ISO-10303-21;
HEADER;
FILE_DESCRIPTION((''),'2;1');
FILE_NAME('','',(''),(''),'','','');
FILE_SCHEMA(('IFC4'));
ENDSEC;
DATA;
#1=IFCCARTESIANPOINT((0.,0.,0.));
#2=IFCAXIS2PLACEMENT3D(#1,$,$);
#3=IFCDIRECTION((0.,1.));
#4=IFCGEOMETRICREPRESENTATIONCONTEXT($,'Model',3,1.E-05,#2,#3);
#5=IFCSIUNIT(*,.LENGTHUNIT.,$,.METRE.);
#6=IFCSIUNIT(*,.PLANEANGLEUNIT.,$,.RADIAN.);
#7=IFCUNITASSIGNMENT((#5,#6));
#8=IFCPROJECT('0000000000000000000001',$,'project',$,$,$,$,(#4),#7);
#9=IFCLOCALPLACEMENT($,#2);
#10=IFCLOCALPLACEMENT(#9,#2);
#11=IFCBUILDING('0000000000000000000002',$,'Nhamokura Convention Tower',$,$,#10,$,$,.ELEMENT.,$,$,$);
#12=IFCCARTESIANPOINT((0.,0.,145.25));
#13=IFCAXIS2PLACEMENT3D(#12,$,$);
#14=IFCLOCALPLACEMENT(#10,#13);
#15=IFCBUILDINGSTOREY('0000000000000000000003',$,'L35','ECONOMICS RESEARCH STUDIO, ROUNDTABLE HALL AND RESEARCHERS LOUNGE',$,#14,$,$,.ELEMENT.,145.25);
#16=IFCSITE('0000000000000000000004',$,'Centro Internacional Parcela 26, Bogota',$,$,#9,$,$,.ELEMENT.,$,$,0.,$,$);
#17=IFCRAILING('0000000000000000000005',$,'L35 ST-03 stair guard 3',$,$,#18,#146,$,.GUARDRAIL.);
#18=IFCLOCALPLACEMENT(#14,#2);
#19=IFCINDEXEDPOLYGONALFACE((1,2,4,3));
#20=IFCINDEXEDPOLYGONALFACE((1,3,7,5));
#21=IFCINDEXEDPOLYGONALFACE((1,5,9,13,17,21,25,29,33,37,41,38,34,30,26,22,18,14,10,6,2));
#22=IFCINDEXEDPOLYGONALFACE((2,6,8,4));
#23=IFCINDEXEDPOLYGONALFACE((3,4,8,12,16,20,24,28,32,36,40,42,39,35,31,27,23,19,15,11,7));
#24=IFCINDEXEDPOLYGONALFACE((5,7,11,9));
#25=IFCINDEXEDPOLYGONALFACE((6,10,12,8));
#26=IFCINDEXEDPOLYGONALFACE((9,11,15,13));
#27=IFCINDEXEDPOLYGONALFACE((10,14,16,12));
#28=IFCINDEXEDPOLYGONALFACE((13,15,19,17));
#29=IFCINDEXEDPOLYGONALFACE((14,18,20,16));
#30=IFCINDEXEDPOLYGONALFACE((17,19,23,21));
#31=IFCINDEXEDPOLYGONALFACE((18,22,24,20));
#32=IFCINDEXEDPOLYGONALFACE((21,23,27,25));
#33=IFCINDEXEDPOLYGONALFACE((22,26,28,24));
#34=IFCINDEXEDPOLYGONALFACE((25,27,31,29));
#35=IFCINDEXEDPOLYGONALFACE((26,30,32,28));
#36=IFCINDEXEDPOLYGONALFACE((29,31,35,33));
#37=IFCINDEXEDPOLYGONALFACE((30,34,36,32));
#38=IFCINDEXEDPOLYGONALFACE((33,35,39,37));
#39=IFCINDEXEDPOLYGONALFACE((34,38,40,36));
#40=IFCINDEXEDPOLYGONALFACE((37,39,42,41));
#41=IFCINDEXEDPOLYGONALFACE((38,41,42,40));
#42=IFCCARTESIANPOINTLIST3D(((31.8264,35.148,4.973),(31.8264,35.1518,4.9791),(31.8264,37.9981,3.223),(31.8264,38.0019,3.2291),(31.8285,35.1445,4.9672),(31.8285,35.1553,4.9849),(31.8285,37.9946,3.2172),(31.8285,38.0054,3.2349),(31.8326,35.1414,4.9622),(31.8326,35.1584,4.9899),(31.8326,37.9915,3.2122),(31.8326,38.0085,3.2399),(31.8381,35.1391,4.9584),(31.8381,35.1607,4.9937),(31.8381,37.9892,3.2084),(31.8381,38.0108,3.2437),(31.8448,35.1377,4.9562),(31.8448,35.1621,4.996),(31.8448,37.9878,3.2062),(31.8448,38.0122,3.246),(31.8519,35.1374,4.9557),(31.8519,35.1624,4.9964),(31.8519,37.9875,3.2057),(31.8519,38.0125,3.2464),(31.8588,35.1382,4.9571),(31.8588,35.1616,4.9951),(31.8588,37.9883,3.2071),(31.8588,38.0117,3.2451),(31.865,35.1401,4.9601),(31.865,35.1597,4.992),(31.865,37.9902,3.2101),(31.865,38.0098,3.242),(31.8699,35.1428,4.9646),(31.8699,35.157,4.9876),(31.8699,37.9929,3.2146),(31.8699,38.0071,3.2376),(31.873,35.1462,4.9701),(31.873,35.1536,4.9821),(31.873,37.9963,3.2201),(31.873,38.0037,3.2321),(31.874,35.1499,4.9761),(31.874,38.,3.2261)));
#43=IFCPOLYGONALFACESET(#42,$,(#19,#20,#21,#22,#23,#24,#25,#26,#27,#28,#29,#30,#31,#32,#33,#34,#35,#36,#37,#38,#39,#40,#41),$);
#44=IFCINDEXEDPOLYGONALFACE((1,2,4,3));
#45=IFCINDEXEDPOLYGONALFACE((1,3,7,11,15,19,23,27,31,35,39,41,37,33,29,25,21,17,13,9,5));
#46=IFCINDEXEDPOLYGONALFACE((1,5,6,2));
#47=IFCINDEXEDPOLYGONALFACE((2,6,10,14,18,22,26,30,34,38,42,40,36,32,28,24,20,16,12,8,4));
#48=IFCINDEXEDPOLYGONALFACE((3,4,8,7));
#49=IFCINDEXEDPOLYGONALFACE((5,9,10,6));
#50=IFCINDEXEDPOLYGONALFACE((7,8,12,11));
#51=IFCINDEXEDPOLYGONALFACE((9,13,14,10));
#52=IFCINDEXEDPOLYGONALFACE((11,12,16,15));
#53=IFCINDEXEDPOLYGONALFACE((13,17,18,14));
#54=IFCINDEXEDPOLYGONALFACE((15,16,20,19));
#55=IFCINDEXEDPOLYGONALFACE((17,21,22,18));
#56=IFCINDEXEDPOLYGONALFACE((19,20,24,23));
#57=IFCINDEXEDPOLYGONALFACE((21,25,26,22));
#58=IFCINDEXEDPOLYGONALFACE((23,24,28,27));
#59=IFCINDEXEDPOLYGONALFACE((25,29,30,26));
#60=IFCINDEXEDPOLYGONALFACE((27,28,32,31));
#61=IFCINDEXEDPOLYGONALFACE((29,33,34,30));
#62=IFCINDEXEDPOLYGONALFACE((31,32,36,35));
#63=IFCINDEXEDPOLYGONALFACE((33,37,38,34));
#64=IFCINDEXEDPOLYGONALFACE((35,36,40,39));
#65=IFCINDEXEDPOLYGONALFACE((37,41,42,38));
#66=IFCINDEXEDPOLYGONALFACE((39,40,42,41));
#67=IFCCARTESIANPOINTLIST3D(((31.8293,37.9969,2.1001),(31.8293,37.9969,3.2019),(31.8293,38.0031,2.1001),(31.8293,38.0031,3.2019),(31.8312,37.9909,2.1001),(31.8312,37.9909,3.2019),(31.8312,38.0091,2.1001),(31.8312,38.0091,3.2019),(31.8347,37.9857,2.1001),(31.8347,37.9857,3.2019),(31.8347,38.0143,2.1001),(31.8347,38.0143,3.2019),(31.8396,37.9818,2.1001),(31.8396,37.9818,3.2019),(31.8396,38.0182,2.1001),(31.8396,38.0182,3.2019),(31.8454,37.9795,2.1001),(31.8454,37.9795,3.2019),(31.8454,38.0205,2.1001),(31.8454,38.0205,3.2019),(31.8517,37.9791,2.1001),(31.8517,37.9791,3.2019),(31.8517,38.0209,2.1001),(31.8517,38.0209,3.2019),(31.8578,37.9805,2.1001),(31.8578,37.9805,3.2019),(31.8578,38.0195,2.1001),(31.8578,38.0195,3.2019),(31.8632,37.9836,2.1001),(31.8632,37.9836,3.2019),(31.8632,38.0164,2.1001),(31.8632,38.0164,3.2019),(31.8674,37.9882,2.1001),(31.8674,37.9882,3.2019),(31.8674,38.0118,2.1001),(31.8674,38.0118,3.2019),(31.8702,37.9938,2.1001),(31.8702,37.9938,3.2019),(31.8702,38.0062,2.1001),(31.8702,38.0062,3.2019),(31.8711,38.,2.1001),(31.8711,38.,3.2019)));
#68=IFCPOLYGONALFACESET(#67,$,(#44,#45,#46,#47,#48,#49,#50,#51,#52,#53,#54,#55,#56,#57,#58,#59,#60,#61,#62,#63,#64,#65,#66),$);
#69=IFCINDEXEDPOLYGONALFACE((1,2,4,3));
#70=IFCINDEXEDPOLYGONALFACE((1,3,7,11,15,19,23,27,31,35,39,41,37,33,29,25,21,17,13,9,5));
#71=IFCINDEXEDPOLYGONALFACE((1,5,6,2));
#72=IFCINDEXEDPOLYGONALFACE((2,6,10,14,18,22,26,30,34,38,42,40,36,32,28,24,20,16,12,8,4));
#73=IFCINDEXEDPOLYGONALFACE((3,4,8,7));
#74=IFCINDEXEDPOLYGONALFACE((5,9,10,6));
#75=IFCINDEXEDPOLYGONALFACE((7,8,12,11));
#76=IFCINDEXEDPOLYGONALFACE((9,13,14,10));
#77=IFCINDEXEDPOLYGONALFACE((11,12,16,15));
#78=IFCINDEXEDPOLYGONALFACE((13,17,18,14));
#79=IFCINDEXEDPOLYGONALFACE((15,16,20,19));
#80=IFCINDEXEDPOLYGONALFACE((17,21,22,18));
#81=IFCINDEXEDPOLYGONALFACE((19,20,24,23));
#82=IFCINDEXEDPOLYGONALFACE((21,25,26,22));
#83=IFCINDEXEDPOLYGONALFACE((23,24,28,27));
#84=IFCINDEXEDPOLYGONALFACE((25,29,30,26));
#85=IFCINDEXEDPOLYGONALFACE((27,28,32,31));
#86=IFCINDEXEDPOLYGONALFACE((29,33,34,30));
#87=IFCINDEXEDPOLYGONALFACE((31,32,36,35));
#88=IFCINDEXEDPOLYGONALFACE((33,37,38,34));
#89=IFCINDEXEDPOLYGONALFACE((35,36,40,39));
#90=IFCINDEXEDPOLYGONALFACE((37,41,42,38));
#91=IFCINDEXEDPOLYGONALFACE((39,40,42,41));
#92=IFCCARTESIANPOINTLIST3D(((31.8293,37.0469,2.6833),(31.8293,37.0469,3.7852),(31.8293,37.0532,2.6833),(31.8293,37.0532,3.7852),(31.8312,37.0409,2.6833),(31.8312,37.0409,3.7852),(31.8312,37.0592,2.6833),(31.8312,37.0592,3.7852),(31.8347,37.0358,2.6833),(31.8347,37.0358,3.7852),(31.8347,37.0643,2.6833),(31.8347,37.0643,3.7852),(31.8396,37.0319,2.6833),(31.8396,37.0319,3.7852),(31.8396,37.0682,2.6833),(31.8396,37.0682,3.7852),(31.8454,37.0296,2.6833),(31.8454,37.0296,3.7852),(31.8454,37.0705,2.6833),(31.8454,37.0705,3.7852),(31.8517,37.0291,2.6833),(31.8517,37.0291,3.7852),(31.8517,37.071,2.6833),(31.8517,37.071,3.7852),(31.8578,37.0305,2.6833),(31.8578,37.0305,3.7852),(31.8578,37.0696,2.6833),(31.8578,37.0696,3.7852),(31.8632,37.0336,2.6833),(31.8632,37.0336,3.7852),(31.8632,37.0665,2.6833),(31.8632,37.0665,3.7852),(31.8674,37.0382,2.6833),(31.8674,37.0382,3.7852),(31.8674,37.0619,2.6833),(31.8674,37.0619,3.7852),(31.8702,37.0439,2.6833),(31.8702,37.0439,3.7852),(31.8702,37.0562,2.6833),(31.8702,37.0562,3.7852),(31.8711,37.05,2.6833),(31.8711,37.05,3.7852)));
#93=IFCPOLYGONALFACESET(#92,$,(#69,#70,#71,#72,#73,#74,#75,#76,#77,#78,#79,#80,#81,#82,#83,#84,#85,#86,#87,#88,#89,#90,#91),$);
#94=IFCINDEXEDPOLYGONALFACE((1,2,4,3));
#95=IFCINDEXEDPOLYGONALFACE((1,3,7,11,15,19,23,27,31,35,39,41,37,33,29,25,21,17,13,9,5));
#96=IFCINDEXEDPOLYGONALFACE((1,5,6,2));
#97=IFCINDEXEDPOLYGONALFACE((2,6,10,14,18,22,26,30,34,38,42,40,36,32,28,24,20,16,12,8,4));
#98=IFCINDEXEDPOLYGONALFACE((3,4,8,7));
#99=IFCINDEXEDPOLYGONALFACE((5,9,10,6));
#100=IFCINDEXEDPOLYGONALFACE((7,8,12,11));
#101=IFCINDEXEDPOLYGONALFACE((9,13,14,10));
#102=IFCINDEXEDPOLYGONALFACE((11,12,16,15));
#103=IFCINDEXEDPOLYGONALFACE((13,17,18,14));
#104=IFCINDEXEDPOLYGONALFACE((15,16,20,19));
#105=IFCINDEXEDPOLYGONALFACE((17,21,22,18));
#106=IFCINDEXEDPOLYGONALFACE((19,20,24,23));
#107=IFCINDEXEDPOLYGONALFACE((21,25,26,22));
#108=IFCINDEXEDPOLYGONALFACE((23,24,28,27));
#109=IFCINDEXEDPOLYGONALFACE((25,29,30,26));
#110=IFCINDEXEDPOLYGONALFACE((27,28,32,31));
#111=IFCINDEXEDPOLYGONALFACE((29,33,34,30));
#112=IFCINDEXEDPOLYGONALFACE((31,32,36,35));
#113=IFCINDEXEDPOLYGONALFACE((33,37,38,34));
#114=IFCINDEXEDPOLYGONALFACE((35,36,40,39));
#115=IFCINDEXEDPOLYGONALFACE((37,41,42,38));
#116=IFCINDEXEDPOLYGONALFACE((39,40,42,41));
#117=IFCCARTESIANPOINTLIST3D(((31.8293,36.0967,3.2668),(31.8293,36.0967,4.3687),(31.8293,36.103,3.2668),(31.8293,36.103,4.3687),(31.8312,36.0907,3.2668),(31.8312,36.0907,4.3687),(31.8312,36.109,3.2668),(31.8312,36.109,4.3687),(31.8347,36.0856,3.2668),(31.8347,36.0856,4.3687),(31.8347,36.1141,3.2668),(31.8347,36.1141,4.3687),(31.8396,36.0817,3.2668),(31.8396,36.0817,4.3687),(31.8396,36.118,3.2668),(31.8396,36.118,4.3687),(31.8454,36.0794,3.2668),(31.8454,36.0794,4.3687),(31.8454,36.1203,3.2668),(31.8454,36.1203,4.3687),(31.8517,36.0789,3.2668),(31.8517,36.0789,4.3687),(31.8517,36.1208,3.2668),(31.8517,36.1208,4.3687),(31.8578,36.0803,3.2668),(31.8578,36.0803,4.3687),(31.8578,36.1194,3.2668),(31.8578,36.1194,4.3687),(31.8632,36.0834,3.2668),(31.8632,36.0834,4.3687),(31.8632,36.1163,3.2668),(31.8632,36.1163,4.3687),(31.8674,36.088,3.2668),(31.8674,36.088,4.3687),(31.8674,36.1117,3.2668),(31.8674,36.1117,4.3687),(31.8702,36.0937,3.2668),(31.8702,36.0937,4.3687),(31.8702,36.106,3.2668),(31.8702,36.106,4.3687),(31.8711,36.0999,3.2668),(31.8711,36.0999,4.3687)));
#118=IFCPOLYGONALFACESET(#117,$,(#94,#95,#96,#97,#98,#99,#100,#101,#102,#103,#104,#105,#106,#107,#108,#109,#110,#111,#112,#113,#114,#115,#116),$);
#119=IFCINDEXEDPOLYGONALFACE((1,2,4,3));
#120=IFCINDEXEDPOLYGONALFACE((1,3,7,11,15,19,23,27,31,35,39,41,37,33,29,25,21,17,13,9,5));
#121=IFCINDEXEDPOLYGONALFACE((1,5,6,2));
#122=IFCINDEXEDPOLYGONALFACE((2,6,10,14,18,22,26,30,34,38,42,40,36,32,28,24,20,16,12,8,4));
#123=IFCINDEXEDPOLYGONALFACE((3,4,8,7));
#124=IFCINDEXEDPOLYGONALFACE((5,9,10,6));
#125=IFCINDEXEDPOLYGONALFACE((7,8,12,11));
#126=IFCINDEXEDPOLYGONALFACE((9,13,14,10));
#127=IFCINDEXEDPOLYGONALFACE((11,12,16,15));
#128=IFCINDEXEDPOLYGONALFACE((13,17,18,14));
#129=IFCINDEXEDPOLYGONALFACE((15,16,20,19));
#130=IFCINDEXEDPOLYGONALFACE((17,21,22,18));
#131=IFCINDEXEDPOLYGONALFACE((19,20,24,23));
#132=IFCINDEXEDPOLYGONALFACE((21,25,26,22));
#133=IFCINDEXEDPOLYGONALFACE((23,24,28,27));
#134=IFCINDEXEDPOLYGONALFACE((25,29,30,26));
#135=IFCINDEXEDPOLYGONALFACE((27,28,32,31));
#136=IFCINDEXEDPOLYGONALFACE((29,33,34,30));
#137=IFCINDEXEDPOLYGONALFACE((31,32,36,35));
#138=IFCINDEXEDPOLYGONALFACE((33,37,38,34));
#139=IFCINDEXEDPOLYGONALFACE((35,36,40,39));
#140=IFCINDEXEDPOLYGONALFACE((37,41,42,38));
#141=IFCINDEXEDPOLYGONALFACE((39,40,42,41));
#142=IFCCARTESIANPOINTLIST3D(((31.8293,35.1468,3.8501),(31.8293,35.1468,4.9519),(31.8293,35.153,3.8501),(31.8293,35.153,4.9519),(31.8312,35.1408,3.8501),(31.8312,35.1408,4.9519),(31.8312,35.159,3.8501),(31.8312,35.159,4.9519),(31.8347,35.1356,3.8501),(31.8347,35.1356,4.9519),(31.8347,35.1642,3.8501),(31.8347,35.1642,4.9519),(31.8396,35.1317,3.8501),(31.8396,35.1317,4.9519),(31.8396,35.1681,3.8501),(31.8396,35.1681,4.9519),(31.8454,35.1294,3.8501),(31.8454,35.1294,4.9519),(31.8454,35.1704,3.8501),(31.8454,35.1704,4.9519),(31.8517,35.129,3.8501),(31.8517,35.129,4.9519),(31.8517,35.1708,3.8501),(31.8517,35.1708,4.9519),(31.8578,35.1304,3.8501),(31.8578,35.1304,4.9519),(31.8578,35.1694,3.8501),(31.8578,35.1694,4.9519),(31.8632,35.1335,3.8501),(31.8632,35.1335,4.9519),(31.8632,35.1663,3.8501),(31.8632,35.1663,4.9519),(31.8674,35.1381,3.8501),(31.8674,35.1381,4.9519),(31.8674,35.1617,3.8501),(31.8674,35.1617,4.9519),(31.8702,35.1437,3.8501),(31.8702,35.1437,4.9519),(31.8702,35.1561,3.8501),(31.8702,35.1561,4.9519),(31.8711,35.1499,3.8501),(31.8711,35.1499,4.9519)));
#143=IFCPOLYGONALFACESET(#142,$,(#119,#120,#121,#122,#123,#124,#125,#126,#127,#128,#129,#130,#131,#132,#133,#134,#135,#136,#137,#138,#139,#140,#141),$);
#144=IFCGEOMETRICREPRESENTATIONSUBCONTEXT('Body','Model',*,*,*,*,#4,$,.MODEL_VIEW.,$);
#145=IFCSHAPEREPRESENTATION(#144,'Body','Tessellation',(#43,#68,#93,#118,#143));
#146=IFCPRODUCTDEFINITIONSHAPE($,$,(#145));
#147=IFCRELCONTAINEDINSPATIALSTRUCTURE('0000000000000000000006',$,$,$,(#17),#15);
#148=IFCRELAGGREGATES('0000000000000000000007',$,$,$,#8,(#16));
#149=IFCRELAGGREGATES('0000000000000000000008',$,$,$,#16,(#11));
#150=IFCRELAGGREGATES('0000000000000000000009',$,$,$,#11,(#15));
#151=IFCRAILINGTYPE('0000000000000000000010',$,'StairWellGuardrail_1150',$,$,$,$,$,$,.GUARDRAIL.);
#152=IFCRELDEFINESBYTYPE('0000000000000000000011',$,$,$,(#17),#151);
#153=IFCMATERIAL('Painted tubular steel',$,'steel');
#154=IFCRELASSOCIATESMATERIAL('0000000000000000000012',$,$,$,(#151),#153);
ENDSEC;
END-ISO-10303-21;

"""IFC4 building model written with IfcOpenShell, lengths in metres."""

from ifc_helpers import new_model, si_unit, direction, frame, origin, origin_2d, place, context, subcontext, project, spatial, circle, extrude, material, type_object, element, save


model = new_model("IFC4")

# Units and contexts
model_context = context("Model", 3, precision=1e-05, world=origin(), true_north=direction((0.0, 1.0)))
body_context = subcontext(model_context, "Body", "Model", "MODEL_VIEW")
ifc_project = project(units=[si_unit("LENGTHUNIT", "METRE"), si_unit("PLANEANGLEUNIT", "RADIAN")], contexts=[model_context])

# Site, building, storey
site_placement = place(None, origin())
site = spatial("IfcSite", under=ifc_project, at=site_placement, Name="Centro Internacional Parcela 26, Bogota", CompositionType="ELEMENT", RefElevation=0.0)
building_placement = place(site_placement, origin())
building = spatial("IfcBuilding", under=site, at=building_placement, Name="Nhamokura Convention Tower", CompositionType="ELEMENT")
storey_placement = place(building_placement, frame((0.0, 0.0, 145.25)))
storey = spatial("IfcBuildingStorey", under=building, at=storey_placement, Name="L35", Description="ECONOMICS RESEARCH STUDIO, ROUNDTABLE HALL AND RESEARCHERS LOUNGE", CompositionType="ELEMENT", Elevation=145.25)

# Railing
ifc_material_1 = material(Name="Painted tubular steel", Category="steel")
railing_type = type_object("IfcRailingType", Name="StairWellGuardrail_1150", PredefinedType="GUARDRAIL", material=ifc_material_1)
railing_1_placement = place(storey_placement, frame((31.8501, 38.0, 2.1001)))
element("IfcRailing", 1, at=railing_1_placement, inside=storey, type_object=railing_type, Name="L35 ST-03 stair guard 3", PredefinedType="GUARDRAIL", context=body_context, shape_type="SweptSolid", body=[
    extrude(circle(Radius=0.0239, at=origin_2d()), frame((0.0, 0.0, 1.126), z_axis=(0.0, -0.852179, 0.52325), x_axis=(1.0, 0.0, 0.0)), (0.0, 0.0, 1.0), 3.3445),
    extrude(circle(Radius=0.021, at=origin_2d()), origin(), (0.0, 0.0, 1.0), 1.1018),
    extrude(circle(Radius=0.021, at=origin_2d()), frame((0.0, -0.95, 0.5833)), (0.0, 0.0, 1.0), 1.1018),
    extrude(circle(Radius=0.021, at=origin_2d()), frame((0.0, -1.9001, 1.1667)), (0.0, 0.0, 1.0), 1.1018),
    extrude(circle(Radius=0.021, at=origin_2d()), frame((0.0, -2.8501, 1.75)), (0.0, 0.0, 1.0), 1.1018),
])

save(model, "model.ifc")
